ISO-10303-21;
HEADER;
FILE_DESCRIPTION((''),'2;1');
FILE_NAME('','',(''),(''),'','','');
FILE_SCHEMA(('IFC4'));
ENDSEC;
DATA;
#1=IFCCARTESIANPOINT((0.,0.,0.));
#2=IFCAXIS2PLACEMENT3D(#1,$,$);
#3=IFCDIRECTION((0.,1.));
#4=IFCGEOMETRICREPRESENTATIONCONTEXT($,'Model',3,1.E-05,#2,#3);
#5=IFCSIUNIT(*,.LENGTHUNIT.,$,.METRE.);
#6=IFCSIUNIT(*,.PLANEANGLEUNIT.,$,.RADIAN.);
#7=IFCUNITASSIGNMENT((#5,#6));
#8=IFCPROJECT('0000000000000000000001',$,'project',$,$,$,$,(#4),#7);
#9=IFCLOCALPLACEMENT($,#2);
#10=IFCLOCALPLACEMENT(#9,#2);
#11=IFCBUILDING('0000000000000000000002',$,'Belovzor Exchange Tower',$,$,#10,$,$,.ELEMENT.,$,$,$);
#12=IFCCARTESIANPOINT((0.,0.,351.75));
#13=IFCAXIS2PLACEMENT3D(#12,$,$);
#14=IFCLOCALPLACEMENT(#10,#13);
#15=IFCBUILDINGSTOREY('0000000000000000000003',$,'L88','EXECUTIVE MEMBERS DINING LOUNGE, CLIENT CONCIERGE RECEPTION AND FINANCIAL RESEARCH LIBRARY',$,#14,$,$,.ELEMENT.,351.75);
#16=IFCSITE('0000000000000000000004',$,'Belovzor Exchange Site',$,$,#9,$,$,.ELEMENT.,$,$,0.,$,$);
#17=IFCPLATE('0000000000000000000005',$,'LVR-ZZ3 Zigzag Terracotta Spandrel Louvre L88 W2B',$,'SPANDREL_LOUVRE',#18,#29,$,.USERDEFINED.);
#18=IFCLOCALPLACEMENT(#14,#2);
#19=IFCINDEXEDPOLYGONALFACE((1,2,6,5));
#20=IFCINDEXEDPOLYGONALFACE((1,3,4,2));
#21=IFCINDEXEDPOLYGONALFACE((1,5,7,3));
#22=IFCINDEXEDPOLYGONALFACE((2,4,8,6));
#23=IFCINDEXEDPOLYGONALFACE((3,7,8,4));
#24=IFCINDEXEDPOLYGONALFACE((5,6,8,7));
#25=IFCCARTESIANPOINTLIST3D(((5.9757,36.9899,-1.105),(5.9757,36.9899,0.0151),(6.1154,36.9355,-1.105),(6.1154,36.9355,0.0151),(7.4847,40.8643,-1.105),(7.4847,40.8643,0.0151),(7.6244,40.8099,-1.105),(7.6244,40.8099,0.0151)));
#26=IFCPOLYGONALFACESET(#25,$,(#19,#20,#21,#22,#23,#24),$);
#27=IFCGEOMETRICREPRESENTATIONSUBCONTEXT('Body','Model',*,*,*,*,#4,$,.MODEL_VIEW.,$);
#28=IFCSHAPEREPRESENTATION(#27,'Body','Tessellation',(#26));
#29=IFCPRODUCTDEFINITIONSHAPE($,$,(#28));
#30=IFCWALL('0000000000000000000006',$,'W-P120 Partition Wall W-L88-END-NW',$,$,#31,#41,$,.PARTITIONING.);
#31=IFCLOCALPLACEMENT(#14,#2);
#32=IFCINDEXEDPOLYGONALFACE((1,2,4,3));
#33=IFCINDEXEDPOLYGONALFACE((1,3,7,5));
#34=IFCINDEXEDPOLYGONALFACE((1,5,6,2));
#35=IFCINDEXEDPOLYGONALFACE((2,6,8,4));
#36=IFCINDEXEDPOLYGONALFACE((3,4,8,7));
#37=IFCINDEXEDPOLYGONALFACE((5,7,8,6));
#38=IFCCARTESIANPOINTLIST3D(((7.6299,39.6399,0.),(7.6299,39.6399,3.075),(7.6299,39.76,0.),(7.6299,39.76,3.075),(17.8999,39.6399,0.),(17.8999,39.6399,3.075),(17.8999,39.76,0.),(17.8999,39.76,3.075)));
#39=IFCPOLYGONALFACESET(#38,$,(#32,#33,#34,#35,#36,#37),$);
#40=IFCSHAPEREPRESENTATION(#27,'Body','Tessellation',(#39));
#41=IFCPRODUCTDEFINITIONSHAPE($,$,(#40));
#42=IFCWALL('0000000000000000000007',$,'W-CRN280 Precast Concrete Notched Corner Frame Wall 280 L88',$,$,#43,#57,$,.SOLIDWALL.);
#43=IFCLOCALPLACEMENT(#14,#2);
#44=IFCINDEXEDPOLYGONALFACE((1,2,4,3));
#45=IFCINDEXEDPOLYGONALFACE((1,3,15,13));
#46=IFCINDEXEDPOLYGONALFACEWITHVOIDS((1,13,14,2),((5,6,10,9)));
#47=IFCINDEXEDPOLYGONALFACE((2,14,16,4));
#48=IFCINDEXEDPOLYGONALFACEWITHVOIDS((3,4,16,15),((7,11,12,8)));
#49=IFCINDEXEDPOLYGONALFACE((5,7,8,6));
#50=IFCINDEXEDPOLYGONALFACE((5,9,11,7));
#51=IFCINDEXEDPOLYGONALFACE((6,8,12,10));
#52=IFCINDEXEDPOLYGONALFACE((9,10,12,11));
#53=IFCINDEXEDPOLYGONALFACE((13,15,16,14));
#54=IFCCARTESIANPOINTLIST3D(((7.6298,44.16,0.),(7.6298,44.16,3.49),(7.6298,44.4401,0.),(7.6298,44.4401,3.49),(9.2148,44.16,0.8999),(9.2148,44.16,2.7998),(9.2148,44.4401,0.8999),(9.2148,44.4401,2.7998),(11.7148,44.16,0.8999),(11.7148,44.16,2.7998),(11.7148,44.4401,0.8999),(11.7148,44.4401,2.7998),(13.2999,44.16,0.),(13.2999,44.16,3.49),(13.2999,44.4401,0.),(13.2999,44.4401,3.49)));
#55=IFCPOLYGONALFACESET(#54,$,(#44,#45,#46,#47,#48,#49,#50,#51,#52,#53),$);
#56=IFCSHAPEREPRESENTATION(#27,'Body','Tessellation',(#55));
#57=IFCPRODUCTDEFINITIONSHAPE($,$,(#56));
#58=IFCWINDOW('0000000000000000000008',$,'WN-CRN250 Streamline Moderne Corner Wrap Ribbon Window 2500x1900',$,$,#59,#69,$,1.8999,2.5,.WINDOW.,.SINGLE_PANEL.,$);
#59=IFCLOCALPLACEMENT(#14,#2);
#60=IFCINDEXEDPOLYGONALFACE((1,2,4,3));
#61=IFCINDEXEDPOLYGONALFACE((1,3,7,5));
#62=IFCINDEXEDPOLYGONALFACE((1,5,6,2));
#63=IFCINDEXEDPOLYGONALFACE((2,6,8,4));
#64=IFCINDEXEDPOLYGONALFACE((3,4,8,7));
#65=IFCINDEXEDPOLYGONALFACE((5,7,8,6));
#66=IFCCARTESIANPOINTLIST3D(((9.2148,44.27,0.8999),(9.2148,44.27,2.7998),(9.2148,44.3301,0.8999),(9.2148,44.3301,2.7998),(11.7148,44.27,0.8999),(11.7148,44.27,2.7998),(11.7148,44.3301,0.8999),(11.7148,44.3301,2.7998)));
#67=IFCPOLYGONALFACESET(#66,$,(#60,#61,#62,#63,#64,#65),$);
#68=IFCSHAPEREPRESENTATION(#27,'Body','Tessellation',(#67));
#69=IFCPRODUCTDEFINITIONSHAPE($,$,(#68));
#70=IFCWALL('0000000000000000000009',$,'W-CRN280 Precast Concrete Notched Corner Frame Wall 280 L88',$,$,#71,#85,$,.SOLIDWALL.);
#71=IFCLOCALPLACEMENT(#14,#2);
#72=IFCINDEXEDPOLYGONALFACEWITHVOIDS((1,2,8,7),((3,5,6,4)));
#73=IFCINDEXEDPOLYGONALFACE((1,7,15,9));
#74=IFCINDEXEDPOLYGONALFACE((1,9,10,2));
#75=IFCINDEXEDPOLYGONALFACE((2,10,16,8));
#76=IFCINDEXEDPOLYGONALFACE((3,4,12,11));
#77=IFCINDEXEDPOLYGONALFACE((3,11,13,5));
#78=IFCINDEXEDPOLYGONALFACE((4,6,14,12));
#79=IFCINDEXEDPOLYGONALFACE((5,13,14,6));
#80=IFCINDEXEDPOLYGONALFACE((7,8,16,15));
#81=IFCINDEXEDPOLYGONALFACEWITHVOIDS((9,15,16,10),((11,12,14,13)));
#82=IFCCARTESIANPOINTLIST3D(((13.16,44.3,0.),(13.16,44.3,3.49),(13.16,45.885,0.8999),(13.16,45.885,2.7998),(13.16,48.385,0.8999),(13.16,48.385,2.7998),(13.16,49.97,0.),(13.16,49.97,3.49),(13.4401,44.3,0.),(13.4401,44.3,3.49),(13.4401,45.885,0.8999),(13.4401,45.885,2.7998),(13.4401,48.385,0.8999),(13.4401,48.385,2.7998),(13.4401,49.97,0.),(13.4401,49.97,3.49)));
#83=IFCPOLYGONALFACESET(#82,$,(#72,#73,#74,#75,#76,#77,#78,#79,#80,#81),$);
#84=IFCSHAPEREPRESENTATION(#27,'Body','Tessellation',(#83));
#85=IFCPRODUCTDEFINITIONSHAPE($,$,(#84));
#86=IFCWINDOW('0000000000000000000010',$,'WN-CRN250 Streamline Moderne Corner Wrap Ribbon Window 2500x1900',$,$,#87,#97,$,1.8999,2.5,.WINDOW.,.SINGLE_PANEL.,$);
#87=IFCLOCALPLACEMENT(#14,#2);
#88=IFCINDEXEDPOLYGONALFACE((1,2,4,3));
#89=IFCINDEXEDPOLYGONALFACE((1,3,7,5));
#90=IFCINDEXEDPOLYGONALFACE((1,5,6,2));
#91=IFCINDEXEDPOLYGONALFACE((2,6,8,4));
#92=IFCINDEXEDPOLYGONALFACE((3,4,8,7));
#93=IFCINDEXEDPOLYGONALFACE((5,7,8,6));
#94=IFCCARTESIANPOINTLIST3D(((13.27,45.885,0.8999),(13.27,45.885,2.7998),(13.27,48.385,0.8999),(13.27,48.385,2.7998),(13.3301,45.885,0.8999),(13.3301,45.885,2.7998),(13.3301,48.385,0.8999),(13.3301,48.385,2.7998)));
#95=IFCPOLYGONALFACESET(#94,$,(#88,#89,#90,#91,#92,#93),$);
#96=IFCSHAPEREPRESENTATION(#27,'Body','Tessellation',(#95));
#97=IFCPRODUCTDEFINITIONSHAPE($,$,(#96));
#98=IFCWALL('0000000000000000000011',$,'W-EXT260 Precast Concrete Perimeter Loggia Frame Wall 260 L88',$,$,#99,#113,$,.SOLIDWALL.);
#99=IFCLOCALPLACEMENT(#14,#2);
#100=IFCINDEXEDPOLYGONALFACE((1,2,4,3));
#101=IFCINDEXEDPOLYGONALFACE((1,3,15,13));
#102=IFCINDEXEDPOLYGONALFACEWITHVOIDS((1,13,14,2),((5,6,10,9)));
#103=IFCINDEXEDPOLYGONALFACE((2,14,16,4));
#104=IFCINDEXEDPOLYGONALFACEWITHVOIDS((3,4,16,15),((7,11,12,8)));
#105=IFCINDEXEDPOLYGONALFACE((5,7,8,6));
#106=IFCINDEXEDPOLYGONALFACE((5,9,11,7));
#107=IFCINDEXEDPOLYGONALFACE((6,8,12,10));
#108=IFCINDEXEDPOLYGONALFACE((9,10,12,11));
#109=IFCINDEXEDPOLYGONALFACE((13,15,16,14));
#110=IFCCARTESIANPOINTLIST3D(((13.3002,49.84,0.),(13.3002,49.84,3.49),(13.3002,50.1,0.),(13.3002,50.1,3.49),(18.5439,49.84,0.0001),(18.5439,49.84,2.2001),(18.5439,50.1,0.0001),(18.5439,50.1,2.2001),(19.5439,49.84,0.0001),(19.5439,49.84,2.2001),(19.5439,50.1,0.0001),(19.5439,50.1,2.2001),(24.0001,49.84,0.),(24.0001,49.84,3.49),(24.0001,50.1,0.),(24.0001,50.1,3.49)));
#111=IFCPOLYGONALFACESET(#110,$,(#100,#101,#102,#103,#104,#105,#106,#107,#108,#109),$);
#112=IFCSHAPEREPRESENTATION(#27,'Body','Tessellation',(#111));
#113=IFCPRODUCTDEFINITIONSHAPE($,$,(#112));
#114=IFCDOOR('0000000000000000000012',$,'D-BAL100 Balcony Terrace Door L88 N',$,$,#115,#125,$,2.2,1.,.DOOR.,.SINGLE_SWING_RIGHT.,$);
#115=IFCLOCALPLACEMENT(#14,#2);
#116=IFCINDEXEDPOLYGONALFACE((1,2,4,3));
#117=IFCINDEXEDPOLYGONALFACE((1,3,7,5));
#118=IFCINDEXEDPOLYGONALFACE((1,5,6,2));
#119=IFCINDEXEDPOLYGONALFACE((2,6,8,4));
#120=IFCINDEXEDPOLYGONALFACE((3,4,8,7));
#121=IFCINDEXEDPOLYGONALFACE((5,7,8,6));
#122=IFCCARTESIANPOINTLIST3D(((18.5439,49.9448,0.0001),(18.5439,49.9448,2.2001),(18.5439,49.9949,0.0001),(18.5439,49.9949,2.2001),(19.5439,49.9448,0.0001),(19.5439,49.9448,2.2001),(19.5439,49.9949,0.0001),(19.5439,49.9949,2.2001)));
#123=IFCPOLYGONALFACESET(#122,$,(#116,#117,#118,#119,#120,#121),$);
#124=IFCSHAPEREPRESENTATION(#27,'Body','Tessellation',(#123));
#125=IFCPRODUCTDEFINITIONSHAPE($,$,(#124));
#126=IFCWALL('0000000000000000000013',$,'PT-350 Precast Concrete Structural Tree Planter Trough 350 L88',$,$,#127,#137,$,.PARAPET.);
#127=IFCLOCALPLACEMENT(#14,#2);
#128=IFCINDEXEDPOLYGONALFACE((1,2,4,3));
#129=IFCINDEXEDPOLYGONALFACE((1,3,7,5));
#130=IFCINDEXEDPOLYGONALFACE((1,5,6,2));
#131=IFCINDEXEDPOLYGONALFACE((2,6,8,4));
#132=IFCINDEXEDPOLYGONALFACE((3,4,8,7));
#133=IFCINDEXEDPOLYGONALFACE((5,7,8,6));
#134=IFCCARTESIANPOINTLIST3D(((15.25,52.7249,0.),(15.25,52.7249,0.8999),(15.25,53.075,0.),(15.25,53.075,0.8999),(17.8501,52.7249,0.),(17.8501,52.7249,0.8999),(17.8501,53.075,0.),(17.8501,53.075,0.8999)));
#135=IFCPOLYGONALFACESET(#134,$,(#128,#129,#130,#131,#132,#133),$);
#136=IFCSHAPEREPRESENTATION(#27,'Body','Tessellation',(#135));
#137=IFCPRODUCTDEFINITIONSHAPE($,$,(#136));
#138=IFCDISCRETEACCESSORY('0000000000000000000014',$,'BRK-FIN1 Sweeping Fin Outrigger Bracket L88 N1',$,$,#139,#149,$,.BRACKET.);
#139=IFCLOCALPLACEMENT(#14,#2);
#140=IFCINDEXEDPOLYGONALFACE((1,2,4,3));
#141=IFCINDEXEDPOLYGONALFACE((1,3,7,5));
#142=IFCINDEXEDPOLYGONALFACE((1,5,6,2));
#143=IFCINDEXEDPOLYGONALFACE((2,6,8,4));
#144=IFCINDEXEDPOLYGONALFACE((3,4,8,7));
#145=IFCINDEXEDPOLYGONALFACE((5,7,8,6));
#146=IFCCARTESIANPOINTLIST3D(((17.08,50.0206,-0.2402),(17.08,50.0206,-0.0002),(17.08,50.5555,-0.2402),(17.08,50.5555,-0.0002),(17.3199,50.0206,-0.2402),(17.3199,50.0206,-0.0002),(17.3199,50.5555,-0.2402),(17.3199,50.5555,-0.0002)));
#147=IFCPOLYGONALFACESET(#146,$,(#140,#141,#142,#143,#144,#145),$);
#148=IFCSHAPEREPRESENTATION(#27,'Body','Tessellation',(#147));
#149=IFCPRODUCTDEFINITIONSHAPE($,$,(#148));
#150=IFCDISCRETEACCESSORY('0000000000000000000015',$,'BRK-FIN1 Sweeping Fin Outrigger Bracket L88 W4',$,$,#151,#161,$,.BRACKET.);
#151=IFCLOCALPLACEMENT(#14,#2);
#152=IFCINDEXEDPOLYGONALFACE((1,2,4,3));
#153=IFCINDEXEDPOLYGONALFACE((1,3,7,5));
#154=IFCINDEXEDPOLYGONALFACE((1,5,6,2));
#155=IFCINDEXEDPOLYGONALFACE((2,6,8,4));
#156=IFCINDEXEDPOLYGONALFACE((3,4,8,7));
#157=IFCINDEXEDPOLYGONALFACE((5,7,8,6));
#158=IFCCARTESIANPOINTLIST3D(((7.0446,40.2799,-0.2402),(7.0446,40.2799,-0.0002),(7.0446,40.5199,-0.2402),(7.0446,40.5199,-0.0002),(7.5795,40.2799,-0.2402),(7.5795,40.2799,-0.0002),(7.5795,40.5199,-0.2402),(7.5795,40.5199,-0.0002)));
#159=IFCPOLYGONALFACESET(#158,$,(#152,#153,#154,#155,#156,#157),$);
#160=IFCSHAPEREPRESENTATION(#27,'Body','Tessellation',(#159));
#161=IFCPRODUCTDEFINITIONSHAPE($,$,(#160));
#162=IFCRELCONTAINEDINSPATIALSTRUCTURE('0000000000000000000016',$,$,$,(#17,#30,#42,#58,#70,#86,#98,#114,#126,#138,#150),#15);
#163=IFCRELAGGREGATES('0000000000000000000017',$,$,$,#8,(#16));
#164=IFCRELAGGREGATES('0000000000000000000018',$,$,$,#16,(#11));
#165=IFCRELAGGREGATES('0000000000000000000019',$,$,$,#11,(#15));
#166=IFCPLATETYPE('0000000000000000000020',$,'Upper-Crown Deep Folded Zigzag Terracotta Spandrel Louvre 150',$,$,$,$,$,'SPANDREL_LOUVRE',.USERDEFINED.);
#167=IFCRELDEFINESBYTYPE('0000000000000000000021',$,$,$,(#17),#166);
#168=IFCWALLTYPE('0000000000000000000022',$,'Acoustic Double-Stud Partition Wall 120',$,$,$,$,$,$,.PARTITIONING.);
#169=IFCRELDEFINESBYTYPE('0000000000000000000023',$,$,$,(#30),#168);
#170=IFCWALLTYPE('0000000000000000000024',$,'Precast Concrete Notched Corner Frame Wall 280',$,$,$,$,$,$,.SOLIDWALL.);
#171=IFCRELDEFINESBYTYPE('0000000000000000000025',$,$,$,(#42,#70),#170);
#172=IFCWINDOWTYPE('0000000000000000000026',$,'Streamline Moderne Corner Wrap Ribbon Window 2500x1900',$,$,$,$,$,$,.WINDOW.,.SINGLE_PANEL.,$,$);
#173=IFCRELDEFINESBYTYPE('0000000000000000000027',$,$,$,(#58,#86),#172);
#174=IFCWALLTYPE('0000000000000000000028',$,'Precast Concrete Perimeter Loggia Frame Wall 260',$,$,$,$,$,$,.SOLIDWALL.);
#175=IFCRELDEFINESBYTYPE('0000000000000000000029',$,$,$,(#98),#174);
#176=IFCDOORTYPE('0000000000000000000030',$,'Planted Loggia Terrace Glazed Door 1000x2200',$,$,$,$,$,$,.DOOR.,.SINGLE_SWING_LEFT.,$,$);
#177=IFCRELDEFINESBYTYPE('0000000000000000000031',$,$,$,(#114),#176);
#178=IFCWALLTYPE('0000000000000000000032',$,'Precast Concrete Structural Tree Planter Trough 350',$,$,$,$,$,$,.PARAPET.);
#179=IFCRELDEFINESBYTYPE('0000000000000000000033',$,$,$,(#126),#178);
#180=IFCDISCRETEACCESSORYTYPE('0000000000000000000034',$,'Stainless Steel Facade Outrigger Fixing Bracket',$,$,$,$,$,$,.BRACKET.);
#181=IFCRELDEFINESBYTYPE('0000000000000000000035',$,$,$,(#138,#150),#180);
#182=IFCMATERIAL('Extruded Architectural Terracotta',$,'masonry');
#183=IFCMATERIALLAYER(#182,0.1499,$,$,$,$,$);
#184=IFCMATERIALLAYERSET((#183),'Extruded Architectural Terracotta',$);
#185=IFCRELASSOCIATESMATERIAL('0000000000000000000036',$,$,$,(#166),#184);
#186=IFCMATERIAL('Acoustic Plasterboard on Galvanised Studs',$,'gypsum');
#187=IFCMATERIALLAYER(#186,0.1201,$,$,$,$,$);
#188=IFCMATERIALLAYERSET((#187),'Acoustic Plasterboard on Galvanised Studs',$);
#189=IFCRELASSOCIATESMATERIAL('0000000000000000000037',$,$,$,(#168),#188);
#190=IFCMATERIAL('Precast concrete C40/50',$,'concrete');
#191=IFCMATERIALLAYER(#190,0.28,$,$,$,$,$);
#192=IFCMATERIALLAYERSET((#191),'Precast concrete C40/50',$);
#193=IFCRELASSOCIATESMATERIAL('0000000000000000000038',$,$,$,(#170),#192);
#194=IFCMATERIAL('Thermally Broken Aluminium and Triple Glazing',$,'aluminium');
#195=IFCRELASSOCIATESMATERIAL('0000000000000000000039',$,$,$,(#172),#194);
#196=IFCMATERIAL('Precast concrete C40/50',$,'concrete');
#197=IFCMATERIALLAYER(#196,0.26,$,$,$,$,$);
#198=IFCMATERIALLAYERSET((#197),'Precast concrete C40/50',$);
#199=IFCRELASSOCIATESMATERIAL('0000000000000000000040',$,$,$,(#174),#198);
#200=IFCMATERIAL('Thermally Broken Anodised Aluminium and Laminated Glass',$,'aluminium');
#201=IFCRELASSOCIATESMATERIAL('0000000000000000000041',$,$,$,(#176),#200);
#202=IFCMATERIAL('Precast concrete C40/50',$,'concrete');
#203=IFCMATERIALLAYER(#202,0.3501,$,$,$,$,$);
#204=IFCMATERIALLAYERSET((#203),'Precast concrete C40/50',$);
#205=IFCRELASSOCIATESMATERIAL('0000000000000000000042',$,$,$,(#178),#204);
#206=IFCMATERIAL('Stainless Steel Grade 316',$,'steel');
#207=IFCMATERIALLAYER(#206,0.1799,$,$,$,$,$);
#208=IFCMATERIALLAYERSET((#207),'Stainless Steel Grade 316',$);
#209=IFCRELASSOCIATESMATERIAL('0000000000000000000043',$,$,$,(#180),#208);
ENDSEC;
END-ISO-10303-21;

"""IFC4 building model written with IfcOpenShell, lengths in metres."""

from ifc_helpers import new_model, si_unit, direction, frame, frame_2d, origin, origin_2d, place, context, subcontext, project, spatial, rectangle, extrude, material, layer, layer_set, type_object, element, fill, save


model = new_model("IFC4")

# Units and contexts
model_context = context("Model", 3, precision=1e-05, world=origin(), true_north=direction((0.0, 1.0)))
body_context = subcontext(model_context, "Body", "Model", "MODEL_VIEW")
ifc_project = project(units=[si_unit("LENGTHUNIT", "METRE"), si_unit("PLANEANGLEUNIT", "RADIAN")], contexts=[model_context])

# Site, building, storey
site_placement = place(None, origin())
site = spatial("IfcSite", under=ifc_project, at=site_placement, Name="Belovzor Exchange Site", CompositionType="ELEMENT", RefElevation=0.0)
building_placement = place(site_placement, origin())
building = spatial("IfcBuilding", under=site, at=building_placement, Name="Belovzor Exchange Tower", CompositionType="ELEMENT")
storey_placement = place(building_placement, frame((0.0, 0.0, 351.75)))
storey = spatial("IfcBuildingStorey", under=building, at=storey_placement, Name="L88", Description="EXECUTIVE MEMBERS DINING LOUNGE, CLIENT CONCIERGE RECEPTION AND FINANCIAL RESEARCH LIBRARY", CompositionType="ELEMENT", Elevation=351.75)

# Plate
ifc_material_1 = material(Name="Extruded Architectural Terracotta", Category="masonry")
ifc_layer_1 = layer(ifc_material_1, 0.1499)
ifc_layer_set_1 = layer_set([ifc_layer_1], Name="Extruded Architectural Terracotta")
plate_type = type_object("IfcPlateType", Name="Upper-Crown Deep Folded Zigzag Terracotta Spandrel Louvre 150", ElementType="SPANDREL_LOUVRE", PredefinedType="USERDEFINED", material=ifc_layer_set_1)
plate_placement = place(storey_placement, frame((6.8, 38.8999, -1.105), z_axis=(0.0, 0.0, 1.0), x_axis=(0.362926, 0.931818, 0.0)))
element("IfcPlate", 1, at=plate_placement, inside=storey, type_object=plate_type, Name="LVR-ZZ3 Zigzag Terracotta Spandrel Louvre L88 W2B", ObjectType="SPANDREL_LOUVRE", PredefinedType="USERDEFINED", context=body_context, shape_type="SweptSolid", body=[
    extrude(rectangle(XDim=4.158, YDim=0.1499, at=origin_2d()), origin(), (0.0, 0.0, 1.0), 1.1201),
])

# Wall
ifc_material_2 = material(Name="Acoustic Plasterboard on Galvanised Studs", Category="gypsum")
ifc_layer_2 = layer(ifc_material_2, 0.1201)
ifc_layer_set_2 = layer_set([ifc_layer_2], Name="Acoustic Plasterboard on Galvanised Studs")
wall_type_1 = type_object("IfcWallType", Name="Acoustic Double-Stud Partition Wall 120", PredefinedType="PARTITIONING", material=ifc_layer_set_2)
wall_1_placement = place(storey_placement, frame((7.6299, 39.7, 0.0), z_axis=(0.0, 0.0, 1.0), x_axis=(1.0, 0.0, 0.0)))
element("IfcWall", 2, at=wall_1_placement, inside=storey, type_object=wall_type_1, Name="W-P120 Partition Wall W-L88-END-NW", PredefinedType="PARTITIONING", context=body_context, shape_type="SweptSolid", body=[
    extrude(rectangle(XDim=10.27, YDim=0.1201, at=frame_2d((5.135, 0.0))), origin(), (0.0, 0.0, 1.0), 3.075),
])

# Walls, openings, windows
ifc_material_3 = material(Name="Precast concrete C40/50", Category="concrete")
ifc_layer_3 = layer(ifc_material_3, 0.28)
ifc_layer_set_3 = layer_set([ifc_layer_3], Name="Precast concrete C40/50")
wall_type_2 = type_object("IfcWallType", Name="Precast Concrete Notched Corner Frame Wall 280", PredefinedType="SOLIDWALL", material=ifc_layer_set_3)
wall_2_placement = place(storey_placement, frame((7.6299, 44.3, 0.0), z_axis=(0.0, 0.0, 1.0), x_axis=(1.0, 0.0, 0.0)))
wall_2 = element("IfcWall", 3, at=wall_2_placement, inside=storey, type_object=wall_type_2, Name="W-CRN280 Precast Concrete Notched Corner Frame Wall 280 L88", PredefinedType="SOLIDWALL", context=body_context, shape_type="SweptSolid", body=[
    extrude(rectangle(XDim=5.6702, YDim=0.28, at=frame_2d((2.835, 0.0))), origin(), (0.0, 0.0, 1.0), 3.49),
])
opening_1_placement = place(wall_2_placement, frame((1.585, 0.0, 0.8999)))
opening_1 = element("IfcOpeningElement", 4, at=opening_1_placement, cuts=wall_2, PredefinedType="OPENING", context=body_context, shape_type="SweptSolid", body=[
    extrude(rectangle(XDim=2.5, YDim=1.8999, at=frame_2d((1.25, 0.95))), frame((0.0, 0.1499, 0.0), z_axis=(0.0, -1.0, 0.0), x_axis=(1.0, 0.0, 0.0)), (0.0, 0.0, 1.0), 0.3),
])
ifc_material_4 = material(Name="Thermally Broken Aluminium and Triple Glazing", Category="aluminium")
window_type = type_object("IfcWindowType", Name="Streamline Moderne Corner Wrap Ribbon Window 2500x1900", PartitioningType="SINGLE_PANEL", PredefinedType="WINDOW", material=ifc_material_4)
window_1_placement = place(opening_1_placement, origin())
window_1 = element("IfcWindow", 5, at=window_1_placement, inside=storey, type_object=window_type, Name="WN-CRN250 Streamline Moderne Corner Wrap Ribbon Window 2500x1900", OverallHeight=1.8999, OverallWidth=2.5, PartitioningType="SINGLE_PANEL", PredefinedType="WINDOW", context=body_context, shape_type="SweptSolid", body=[
    extrude(rectangle(XDim=2.5, YDim=1.8999, at=frame_2d((1.25, 0.95))), frame((0.0, 0.03, 0.0), z_axis=(0.0, -1.0, 0.0), x_axis=(1.0, 0.0, 0.0)), (0.0, 0.0, 1.0), 0.0601),
])
fill(opening_1, window_1)
wall_3_placement = place(storey_placement, frame((13.3, 44.3, 0.0), z_axis=(0.0, 0.0, 1.0), x_axis=(0.0, 1.0, 0.0)))
wall_3 = element("IfcWall", 6, at=wall_3_placement, inside=storey, type_object=wall_type_2, Name="W-CRN280 Precast Concrete Notched Corner Frame Wall 280 L88", PredefinedType="SOLIDWALL", context=body_context, shape_type="SweptSolid", body=[
    extrude(rectangle(XDim=5.6699, YDim=0.28, at=frame_2d((2.835, 0.0))), origin(), (0.0, 0.0, 1.0), 3.49),
])
opening_2_placement = place(wall_3_placement, frame((1.585, 0.0, 0.8999)))
opening_2 = element("IfcOpeningElement", 7, at=opening_2_placement, cuts=wall_3, PredefinedType="OPENING", context=body_context, shape_type="SweptSolid", body=[
    extrude(rectangle(XDim=2.5, YDim=1.8999, at=frame_2d((1.25, 0.95))), frame((0.0, 0.1499, 0.0), z_axis=(0.0, -1.0, 0.0), x_axis=(1.0, 0.0, 0.0)), (0.0, 0.0, 1.0), 0.3),
])
window_2_placement = place(opening_2_placement, origin())
window_2 = element("IfcWindow", 8, at=window_2_placement, inside=storey, type_object=window_type, Name="WN-CRN250 Streamline Moderne Corner Wrap Ribbon Window 2500x1900", OverallHeight=1.8999, OverallWidth=2.5, PartitioningType="SINGLE_PANEL", PredefinedType="WINDOW", context=body_context, shape_type="SweptSolid", body=[
    extrude(rectangle(XDim=2.5, YDim=1.8999, at=frame_2d((1.25, 0.95))), frame((0.0, 0.03, 0.0), z_axis=(0.0, -1.0, 0.0), x_axis=(1.0, 0.0, 0.0)), (0.0, 0.0, 1.0), 0.0601),
])
fill(opening_2, window_2)

# Wall, opening, door
ifc_material_5 = material(Name="Precast concrete C40/50", Category="concrete")
ifc_layer_4 = layer(ifc_material_5, 0.26)
ifc_layer_set_4 = layer_set([ifc_layer_4], Name="Precast concrete C40/50")
wall_type_3 = type_object("IfcWallType", Name="Precast Concrete Perimeter Loggia Frame Wall 260", PredefinedType="SOLIDWALL", material=ifc_layer_set_4)
wall_4_placement = place(storey_placement, frame((13.3, 49.97, 0.0), z_axis=(0.0, 0.0, 1.0), x_axis=(1.0, 0.0, 0.0)))
wall_4 = element("IfcWall", 9, at=wall_4_placement, inside=storey, type_object=wall_type_3, Name="W-EXT260 Precast Concrete Perimeter Loggia Frame Wall 260 L88", PredefinedType="SOLIDWALL", context=body_context, shape_type="SweptSolid", body=[
    extrude(rectangle(XDim=10.7, YDim=0.26, at=frame_2d((5.3501, 0.0))), origin(), (0.0, 0.0, 1.0), 3.49),
])
opening_3_placement = place(wall_4_placement, frame((5.2439, 0.0, 0.0)))
opening_3 = element("IfcOpeningElement", 10, at=opening_3_placement, cuts=wall_4, PredefinedType="OPENING", context=body_context, shape_type="SweptSolid", body=[
    extrude(rectangle(XDim=1.0, YDim=2.2, at=frame_2d((0.5, 1.1001))), frame((0.0, 0.1399, 0.0), z_axis=(0.0, -1.0, 0.0), x_axis=(1.0, 0.0, 0.0)), (0.0, 0.0, 1.0), 0.28),
])
ifc_material_6 = material(Name="Thermally Broken Anodised Aluminium and Laminated Glass", Category="aluminium")
door_type = type_object("IfcDoorType", Name="Planted Loggia Terrace Glazed Door 1000x2200", OperationType="SINGLE_SWING_LEFT", PredefinedType="DOOR", material=ifc_material_6)
door_placement = place(opening_3_placement, origin())
door = element("IfcDoor", 11, at=door_placement, inside=storey, type_object=door_type, Name="D-BAL100 Balcony Terrace Door L88 N", OperationType="SINGLE_SWING_RIGHT", OverallHeight=2.2, OverallWidth=1.0, PredefinedType="DOOR", context=body_context, shape_type="SweptSolid", body=[
    extrude(rectangle(XDim=1.0, YDim=2.2, at=frame_2d((0.5, 1.1001))), frame((0.0, 0.0249, 0.0), z_axis=(0.0, -1.0, 0.0), x_axis=(1.0, 0.0, 0.0)), (0.0, 0.0, 1.0), 0.05),
])
fill(opening_3, door)

# Wall
ifc_material_7 = material(Name="Precast concrete C40/50", Category="concrete")
ifc_layer_5 = layer(ifc_material_7, 0.3501)
ifc_layer_set_5 = layer_set([ifc_layer_5], Name="Precast concrete C40/50")
wall_type_4 = type_object("IfcWallType", Name="Precast Concrete Structural Tree Planter Trough 350", PredefinedType="PARAPET", material=ifc_layer_set_5)
wall_5_placement = place(storey_placement, frame((15.25, 52.8999, 0.0), z_axis=(0.0, 0.0, 1.0), x_axis=(1.0, 0.0, 0.0)))
element("IfcWall", 12, at=wall_5_placement, inside=storey, type_object=wall_type_4, Name="PT-350 Precast Concrete Structural Tree Planter Trough 350 L88", PredefinedType="PARAPET", context=body_context, shape_type="SweptSolid", body=[
    extrude(rectangle(XDim=2.6001, YDim=0.3501, at=frame_2d((1.3, 0.0))), origin(), (0.0, 0.0, 1.0), 0.8999),
])

# Discrete accessories
ifc_material_8 = material(Name="Stainless Steel Grade 316", Category="steel")
ifc_layer_6 = layer(ifc_material_8, 0.1799)
ifc_layer_set_6 = layer_set([ifc_layer_6], Name="Stainless Steel Grade 316")
discrete_accessory_type = type_object("IfcDiscreteAccessoryType", Name="Stainless Steel Facade Outrigger Fixing Bracket", PredefinedType="BRACKET", material=ifc_layer_set_6)
for number, where, z_axis, x_axis, name in (
    (13, (17.2, 50.2881, -0.2402), (0.0, 0.0, 1.0), (0.0, 1.0, 0.0), "BRK-FIN1 Sweeping Fin Outrigger Bracket L88 N1"),
    (14, (7.312, 40.3999, -0.2402), (0.0, 0.0, 1.0), (1.0, 0.0, 0.0), "BRK-FIN1 Sweeping Fin Outrigger Bracket L88 W4"),
):
    element("IfcDiscreteAccessory", number, at=place(storey_placement, frame(where, z_axis=z_axis, x_axis=x_axis)), inside=storey, type_object=discrete_accessory_type, Name=name, PredefinedType="BRACKET", context=body_context, shape_type="SweptSolid", body=[
        extrude(rectangle(XDim=0.5349, YDim=0.24, at=origin_2d()), origin(), (0.0, 0.0, 1.0), 0.24),
    ])

save(model, "model.ifc")
